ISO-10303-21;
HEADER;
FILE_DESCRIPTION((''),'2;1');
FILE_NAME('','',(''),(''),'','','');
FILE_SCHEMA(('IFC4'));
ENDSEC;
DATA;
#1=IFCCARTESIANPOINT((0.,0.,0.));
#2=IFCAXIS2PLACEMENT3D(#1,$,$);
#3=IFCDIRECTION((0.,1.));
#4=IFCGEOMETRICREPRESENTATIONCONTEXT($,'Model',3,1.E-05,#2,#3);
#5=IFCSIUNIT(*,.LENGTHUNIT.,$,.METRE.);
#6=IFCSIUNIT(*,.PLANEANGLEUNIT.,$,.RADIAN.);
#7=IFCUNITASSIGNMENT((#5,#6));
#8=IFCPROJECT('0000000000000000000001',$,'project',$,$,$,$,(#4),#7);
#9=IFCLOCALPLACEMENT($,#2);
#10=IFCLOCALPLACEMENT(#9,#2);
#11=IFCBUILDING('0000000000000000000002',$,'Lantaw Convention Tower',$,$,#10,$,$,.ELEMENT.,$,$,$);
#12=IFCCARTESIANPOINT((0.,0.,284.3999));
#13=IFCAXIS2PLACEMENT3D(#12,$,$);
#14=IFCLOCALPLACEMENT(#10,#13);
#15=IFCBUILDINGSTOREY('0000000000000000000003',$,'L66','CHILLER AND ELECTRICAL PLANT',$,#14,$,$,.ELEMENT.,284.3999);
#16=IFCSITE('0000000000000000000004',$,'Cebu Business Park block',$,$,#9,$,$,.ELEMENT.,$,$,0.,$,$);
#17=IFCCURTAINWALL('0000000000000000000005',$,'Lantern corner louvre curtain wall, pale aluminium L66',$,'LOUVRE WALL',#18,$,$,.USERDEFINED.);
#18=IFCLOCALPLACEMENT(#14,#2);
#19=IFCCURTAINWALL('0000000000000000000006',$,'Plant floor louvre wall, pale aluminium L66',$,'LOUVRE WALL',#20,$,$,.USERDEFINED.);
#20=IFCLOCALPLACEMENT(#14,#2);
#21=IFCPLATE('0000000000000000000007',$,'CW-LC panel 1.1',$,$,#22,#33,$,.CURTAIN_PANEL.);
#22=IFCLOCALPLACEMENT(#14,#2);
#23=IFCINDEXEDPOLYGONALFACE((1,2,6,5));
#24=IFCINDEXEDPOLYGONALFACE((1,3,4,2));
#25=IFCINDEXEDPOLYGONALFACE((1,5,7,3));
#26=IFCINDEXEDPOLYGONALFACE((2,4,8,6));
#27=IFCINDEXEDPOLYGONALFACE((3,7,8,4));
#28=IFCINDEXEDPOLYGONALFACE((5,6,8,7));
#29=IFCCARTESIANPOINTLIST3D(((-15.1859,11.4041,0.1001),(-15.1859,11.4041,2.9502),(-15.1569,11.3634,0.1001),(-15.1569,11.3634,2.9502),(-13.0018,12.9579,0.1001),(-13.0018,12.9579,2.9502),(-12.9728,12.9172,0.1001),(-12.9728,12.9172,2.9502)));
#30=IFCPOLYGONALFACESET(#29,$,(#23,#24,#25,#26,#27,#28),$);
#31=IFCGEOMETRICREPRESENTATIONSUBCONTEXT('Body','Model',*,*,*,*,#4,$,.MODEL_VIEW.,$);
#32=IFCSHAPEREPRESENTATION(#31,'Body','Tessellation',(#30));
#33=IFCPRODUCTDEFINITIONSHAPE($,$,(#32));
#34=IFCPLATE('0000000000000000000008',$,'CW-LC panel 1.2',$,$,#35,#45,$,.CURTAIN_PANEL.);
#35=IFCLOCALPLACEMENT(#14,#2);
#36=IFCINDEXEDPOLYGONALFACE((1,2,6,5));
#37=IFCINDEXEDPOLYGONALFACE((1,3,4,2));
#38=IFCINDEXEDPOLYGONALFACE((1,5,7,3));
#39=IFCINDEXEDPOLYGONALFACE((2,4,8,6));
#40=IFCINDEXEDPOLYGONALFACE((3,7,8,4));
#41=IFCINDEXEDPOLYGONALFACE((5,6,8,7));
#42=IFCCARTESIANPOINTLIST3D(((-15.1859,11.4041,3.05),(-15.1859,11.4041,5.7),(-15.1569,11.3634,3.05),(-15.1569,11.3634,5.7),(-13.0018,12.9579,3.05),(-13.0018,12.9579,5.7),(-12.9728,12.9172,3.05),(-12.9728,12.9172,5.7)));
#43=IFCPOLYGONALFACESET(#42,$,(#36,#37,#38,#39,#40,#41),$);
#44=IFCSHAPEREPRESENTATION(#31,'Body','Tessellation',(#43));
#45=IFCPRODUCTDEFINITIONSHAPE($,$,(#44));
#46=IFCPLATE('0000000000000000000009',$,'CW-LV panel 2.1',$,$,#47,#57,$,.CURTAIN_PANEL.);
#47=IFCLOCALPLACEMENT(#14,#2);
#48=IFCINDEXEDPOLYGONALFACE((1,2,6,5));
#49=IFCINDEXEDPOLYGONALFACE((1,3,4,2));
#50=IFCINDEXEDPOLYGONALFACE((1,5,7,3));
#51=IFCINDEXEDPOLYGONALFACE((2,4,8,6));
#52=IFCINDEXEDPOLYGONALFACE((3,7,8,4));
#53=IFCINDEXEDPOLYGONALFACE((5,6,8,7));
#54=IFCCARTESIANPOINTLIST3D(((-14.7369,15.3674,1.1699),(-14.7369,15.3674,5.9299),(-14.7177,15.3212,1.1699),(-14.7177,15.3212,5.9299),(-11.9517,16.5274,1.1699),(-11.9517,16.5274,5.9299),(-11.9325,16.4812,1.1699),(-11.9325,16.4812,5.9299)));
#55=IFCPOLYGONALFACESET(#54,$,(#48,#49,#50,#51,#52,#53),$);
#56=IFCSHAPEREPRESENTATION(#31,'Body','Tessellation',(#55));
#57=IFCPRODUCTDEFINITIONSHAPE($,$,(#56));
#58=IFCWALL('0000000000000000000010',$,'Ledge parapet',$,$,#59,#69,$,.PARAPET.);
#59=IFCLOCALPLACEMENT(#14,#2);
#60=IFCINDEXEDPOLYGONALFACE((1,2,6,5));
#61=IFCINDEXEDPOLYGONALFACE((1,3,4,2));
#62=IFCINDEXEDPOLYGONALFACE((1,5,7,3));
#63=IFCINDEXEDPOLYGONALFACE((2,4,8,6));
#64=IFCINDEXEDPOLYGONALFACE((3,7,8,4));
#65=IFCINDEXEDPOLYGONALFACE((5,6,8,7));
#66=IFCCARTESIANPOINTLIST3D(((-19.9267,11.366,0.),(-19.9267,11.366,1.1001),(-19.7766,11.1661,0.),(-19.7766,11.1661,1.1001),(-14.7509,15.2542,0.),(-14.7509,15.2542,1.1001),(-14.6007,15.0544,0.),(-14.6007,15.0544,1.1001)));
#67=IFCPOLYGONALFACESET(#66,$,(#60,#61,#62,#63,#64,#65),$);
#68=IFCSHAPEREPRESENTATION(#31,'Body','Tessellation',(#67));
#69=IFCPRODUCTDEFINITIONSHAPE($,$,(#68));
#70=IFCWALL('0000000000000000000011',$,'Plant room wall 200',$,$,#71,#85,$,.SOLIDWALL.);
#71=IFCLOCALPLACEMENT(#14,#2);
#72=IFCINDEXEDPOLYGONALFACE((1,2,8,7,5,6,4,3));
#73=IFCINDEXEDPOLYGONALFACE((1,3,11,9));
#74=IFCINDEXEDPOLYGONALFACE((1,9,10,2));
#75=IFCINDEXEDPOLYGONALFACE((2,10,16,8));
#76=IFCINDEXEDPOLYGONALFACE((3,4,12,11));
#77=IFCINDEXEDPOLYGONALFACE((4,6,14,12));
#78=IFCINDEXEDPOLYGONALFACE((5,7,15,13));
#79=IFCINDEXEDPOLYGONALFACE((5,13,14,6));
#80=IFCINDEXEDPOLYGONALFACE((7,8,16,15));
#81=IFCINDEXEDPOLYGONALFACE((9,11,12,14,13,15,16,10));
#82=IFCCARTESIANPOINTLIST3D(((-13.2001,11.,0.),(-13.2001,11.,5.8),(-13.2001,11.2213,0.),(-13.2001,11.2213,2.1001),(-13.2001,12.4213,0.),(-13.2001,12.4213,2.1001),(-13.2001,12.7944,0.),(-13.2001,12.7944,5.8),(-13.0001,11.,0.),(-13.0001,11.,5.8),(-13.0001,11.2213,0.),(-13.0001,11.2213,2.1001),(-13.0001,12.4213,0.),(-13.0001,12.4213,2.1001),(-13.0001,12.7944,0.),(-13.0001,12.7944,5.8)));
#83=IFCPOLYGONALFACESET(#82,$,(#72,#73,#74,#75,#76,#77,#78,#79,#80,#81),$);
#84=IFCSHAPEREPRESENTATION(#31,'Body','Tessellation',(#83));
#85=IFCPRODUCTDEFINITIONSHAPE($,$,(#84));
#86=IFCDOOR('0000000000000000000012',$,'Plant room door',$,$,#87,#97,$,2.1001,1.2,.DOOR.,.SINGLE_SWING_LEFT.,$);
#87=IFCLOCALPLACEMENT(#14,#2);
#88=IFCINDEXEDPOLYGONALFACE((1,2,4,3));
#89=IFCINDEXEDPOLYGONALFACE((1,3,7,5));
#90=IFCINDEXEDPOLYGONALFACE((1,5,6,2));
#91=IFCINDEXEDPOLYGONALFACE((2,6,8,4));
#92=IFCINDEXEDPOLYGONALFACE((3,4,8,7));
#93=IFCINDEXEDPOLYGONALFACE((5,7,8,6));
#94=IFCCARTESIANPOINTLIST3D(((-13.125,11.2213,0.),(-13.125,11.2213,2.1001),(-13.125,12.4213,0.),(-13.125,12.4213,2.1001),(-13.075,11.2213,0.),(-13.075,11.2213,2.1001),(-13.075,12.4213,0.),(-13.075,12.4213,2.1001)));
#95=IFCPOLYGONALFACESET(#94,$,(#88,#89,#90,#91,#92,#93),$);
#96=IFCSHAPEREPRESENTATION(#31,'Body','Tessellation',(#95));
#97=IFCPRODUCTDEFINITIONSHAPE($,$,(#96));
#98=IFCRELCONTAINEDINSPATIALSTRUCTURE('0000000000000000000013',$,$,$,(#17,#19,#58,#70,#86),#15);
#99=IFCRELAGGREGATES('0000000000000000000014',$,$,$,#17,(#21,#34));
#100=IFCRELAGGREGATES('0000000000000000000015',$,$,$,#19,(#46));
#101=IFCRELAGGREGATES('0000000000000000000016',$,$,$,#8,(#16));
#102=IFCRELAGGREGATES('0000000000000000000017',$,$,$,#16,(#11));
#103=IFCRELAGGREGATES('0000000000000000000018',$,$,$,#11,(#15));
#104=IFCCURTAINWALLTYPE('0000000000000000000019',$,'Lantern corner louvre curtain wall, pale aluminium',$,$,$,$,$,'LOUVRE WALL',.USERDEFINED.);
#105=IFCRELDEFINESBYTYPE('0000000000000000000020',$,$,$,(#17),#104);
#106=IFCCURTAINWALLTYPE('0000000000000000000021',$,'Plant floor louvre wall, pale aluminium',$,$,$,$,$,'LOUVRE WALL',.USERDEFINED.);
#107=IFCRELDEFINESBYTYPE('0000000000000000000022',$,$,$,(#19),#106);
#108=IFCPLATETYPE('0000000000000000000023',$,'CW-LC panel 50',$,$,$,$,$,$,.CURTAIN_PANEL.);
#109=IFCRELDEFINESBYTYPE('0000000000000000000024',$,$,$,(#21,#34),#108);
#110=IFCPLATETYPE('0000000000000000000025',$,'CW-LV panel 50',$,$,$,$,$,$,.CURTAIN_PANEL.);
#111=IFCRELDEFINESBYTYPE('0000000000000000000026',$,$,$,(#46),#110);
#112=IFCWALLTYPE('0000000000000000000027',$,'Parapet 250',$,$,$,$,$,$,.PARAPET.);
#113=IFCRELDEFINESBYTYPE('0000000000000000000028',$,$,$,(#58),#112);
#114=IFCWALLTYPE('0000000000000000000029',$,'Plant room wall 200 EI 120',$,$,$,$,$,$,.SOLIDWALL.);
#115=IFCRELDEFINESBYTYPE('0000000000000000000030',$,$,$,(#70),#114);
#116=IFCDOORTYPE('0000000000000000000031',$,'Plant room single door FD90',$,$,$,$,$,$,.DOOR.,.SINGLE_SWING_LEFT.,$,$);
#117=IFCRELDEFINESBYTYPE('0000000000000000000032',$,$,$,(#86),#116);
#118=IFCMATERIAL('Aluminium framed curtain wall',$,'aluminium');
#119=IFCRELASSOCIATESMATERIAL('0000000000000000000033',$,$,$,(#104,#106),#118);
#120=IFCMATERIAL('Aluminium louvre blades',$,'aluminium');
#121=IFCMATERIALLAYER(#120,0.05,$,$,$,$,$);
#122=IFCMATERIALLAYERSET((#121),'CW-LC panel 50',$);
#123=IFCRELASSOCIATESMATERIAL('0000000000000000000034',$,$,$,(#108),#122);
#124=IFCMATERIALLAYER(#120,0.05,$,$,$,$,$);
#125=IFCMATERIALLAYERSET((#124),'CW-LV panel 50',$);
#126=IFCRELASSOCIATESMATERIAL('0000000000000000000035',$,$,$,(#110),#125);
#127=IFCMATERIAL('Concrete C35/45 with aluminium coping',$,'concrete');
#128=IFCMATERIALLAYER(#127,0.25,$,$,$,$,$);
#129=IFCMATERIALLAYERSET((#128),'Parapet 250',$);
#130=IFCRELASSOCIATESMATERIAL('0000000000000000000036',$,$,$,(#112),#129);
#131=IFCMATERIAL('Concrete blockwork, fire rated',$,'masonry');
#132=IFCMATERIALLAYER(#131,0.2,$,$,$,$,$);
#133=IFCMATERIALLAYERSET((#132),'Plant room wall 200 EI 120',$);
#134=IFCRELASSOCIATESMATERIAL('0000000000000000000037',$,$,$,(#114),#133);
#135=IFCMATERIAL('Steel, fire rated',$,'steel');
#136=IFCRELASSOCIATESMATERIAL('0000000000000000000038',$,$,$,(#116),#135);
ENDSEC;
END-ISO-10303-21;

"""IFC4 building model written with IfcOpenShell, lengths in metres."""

from ifc_helpers import new_model, si_unit, direction, frame, frame_2d, origin, origin_2d, place, context, subcontext, project, spatial, rectangle, extrude, material, layer, layer_set, type_object, element, fill, aggregate, save


model = new_model("IFC4")

# Units and contexts
model_context = context("Model", 3, precision=1e-05, world=origin(), true_north=direction((0.0, 1.0)))
body_context = subcontext(model_context, "Body", "Model", "MODEL_VIEW")
ifc_project = project(units=[si_unit("LENGTHUNIT", "METRE"), si_unit("PLANEANGLEUNIT", "RADIAN")], contexts=[model_context])

# Site, building, storey
site_placement = place(None, origin())
site = spatial("IfcSite", under=ifc_project, at=site_placement, Name="Cebu Business Park block", CompositionType="ELEMENT", RefElevation=0.0)
building_placement = place(site_placement, origin())
building = spatial("IfcBuilding", under=site, at=building_placement, Name="Lantaw Convention Tower", CompositionType="ELEMENT")
storey_placement = place(building_placement, frame((0.0, 0.0, 284.3999)))
storey = spatial("IfcBuildingStorey", under=building, at=storey_placement, Name="L66", Description="CHILLER AND ELECTRICAL PLANT", CompositionType="ELEMENT", Elevation=284.3999)

# Curtain wall
ifc_material_1 = material(Name="Aluminium framed curtain wall", Category="aluminium")
curtain_wall_type_1 = type_object("IfcCurtainWallType", Name="Lantern corner louvre curtain wall, pale aluminium", ElementType="LOUVRE WALL", PredefinedType="USERDEFINED", material=ifc_material_1)
curtain_wall_1_placement = place(storey_placement, origin())
curtain_wall_1 = element("IfcCurtainWall", 1, at=curtain_wall_1_placement, inside=storey, type_object=curtain_wall_type_1, Name="Lantern corner louvre curtain wall, pale aluminium L66", ObjectType="LOUVRE WALL", PredefinedType="USERDEFINED")

# Curtain wall
curtain_wall_type_2 = type_object("IfcCurtainWallType", Name="Plant floor louvre wall, pale aluminium", ElementType="LOUVRE WALL", PredefinedType="USERDEFINED", material=ifc_material_1)
curtain_wall_2_placement = place(storey_placement, origin())
curtain_wall_2 = element("IfcCurtainWall", 2, at=curtain_wall_2_placement, inside=storey, type_object=curtain_wall_type_2, Name="Plant floor louvre wall, pale aluminium L66", ObjectType="LOUVRE WALL", PredefinedType="USERDEFINED")

# Plates
ifc_material_2 = material(Name="Aluminium louvre blades", Category="aluminium")
ifc_layer_1 = layer(ifc_material_2, 0.05)
ifc_layer_set_1 = layer_set([ifc_layer_1], Name="CW-LC panel 50")
plate_type_1 = type_object("IfcPlateType", Name="CW-LC panel 50", PredefinedType="CURTAIN_PANEL", material=ifc_layer_set_1)
plate_1_placement = place(storey_placement, frame((-14.0793, 12.1606, 0.1001), z_axis=(0.0, 0.0, 1.0), x_axis=(-0.814841, -0.579684, 0.0)))
plate_1 = element("IfcPlate", 3, at=plate_1_placement, type_object=plate_type_1, Name="CW-LC panel 1.1", PredefinedType="CURTAIN_PANEL", context=body_context, shape_type="SweptSolid", body=[
    extrude(rectangle(XDim=2.6804, YDim=0.05, at=origin_2d()), origin(), (0.0, 0.0, 1.0), 2.8501),
])
plate_2_placement = place(storey_placement, frame((-14.0793, 12.1606, 3.05), z_axis=(0.0, 0.0, 1.0), x_axis=(-0.814841, -0.579684, 0.0)))
plate_2 = element("IfcPlate", 4, at=plate_2_placement, type_object=plate_type_1, Name="CW-LC panel 1.2", PredefinedType="CURTAIN_PANEL", context=body_context, shape_type="SweptSolid", body=[
    extrude(rectangle(XDim=2.6804, YDim=0.05, at=origin_2d()), origin(), (0.0, 0.0, 1.0), 2.6499),
])
aggregate(curtain_wall_1, [plate_1, plate_2])
ifc_layer_2 = layer(ifc_material_2, 0.05)
ifc_layer_set_2 = layer_set([ifc_layer_2], Name="CW-LV panel 50")
plate_type_2 = type_object("IfcPlateType", Name="CW-LV panel 50", PredefinedType="CURTAIN_PANEL", material=ifc_layer_set_2)
plate_3_placement = place(storey_placement, frame((-13.3347, 15.9243, 1.1699), z_axis=(0.0, 0.0, 1.0), x_axis=(-0.923142, -0.38446, 0.0)))
plate_3 = element("IfcPlate", 5, at=plate_3_placement, type_object=plate_type_2, Name="CW-LV panel 2.1", PredefinedType="CURTAIN_PANEL", context=body_context, shape_type="SweptSolid", body=[
    extrude(rectangle(XDim=3.0171, YDim=0.05, at=origin_2d()), origin(), (0.0, 0.0, 1.0), 4.76),
])
aggregate(curtain_wall_2, [plate_3])

# Wall
ifc_material_3 = material(Name="Concrete C35/45 with aluminium coping", Category="concrete")
ifc_layer_3 = layer(ifc_material_3, 0.25)
ifc_layer_set_3 = layer_set([ifc_layer_3], Name="Parapet 250")
wall_type_1 = type_object("IfcWallType", Name="Parapet 250", PredefinedType="PARAPET", material=ifc_layer_set_3)
wall_1_placement = place(storey_placement, frame((-14.6758, 15.1543, 0.0), z_axis=(0.0, 0.0, 1.0), x_axis=(-0.799529, -0.600627, 0.0)))
element("IfcWall", 6, at=wall_1_placement, inside=storey, type_object=wall_type_1, Name="Ledge parapet", PredefinedType="PARAPET", context=body_context, shape_type="SweptSolid", body=[
    extrude(rectangle(XDim=6.4736, YDim=0.25, at=frame_2d((3.2368, 0.0))), origin(), (0.0, 0.0, 1.0), 1.1001),
])

# Wall, opening, door
ifc_material_4 = material(Name="Concrete blockwork, fire rated", Category="masonry")
ifc_layer_4 = layer(ifc_material_4, 0.2)
ifc_layer_set_4 = layer_set([ifc_layer_4], Name="Plant room wall 200 EI 120")
wall_type_2 = type_object("IfcWallType", Name="Plant room wall 200 EI 120", PredefinedType="SOLIDWALL", material=ifc_layer_set_4)
wall_2_placement = place(storey_placement, frame((-13.1001, 11.0, 0.0), z_axis=(0.0, 0.0, 1.0), x_axis=(0.0, 1.0, 0.0)))
wall_2 = element("IfcWall", 7, at=wall_2_placement, inside=storey, type_object=wall_type_2, Name="Plant room wall 200", PredefinedType="SOLIDWALL", context=body_context, shape_type="SweptSolid", body=[
    extrude(rectangle(XDim=1.7944, YDim=0.2, at=frame_2d((0.8972, 0.0))), origin(), (0.0, 0.0, 1.0), 5.8),
])
opening_placement = place(wall_2_placement, frame((0.2212, 0.0, 0.0)))
opening = element("IfcOpeningElement", 8, at=opening_placement, cuts=wall_2, PredefinedType="OPENING", context=body_context, shape_type="SweptSolid", body=[
    extrude(rectangle(XDim=1.2, YDim=2.1001, at=frame_2d((0.6001, 1.05))), frame((0.0, 0.1099, 0.0), z_axis=(0.0, -1.0, 0.0), x_axis=(1.0, 0.0, 0.0)), (0.0, 0.0, 1.0), 0.22),
])
ifc_material_5 = material(Name="Steel, fire rated", Category="steel")
door_type = type_object("IfcDoorType", Name="Plant room single door FD90", OperationType="SINGLE_SWING_LEFT", PredefinedType="DOOR", material=ifc_material_5)
door_placement = place(opening_placement, origin())
door = element("IfcDoor", 9, at=door_placement, inside=storey, type_object=door_type, Name="Plant room door", OperationType="SINGLE_SWING_LEFT", OverallHeight=2.1001, OverallWidth=1.2, PredefinedType="DOOR", context=body_context, shape_type="SweptSolid", body=[
    extrude(rectangle(XDim=1.2, YDim=2.1001, at=frame_2d((0.6001, 1.05))), frame((0.0, 0.0249, 0.0), z_axis=(0.0, -1.0, 0.0), x_axis=(1.0, 0.0, 0.0)), (0.0, 0.0, 1.0), 0.05),
])
fill(opening, door)

save(model, "model.ifc")
